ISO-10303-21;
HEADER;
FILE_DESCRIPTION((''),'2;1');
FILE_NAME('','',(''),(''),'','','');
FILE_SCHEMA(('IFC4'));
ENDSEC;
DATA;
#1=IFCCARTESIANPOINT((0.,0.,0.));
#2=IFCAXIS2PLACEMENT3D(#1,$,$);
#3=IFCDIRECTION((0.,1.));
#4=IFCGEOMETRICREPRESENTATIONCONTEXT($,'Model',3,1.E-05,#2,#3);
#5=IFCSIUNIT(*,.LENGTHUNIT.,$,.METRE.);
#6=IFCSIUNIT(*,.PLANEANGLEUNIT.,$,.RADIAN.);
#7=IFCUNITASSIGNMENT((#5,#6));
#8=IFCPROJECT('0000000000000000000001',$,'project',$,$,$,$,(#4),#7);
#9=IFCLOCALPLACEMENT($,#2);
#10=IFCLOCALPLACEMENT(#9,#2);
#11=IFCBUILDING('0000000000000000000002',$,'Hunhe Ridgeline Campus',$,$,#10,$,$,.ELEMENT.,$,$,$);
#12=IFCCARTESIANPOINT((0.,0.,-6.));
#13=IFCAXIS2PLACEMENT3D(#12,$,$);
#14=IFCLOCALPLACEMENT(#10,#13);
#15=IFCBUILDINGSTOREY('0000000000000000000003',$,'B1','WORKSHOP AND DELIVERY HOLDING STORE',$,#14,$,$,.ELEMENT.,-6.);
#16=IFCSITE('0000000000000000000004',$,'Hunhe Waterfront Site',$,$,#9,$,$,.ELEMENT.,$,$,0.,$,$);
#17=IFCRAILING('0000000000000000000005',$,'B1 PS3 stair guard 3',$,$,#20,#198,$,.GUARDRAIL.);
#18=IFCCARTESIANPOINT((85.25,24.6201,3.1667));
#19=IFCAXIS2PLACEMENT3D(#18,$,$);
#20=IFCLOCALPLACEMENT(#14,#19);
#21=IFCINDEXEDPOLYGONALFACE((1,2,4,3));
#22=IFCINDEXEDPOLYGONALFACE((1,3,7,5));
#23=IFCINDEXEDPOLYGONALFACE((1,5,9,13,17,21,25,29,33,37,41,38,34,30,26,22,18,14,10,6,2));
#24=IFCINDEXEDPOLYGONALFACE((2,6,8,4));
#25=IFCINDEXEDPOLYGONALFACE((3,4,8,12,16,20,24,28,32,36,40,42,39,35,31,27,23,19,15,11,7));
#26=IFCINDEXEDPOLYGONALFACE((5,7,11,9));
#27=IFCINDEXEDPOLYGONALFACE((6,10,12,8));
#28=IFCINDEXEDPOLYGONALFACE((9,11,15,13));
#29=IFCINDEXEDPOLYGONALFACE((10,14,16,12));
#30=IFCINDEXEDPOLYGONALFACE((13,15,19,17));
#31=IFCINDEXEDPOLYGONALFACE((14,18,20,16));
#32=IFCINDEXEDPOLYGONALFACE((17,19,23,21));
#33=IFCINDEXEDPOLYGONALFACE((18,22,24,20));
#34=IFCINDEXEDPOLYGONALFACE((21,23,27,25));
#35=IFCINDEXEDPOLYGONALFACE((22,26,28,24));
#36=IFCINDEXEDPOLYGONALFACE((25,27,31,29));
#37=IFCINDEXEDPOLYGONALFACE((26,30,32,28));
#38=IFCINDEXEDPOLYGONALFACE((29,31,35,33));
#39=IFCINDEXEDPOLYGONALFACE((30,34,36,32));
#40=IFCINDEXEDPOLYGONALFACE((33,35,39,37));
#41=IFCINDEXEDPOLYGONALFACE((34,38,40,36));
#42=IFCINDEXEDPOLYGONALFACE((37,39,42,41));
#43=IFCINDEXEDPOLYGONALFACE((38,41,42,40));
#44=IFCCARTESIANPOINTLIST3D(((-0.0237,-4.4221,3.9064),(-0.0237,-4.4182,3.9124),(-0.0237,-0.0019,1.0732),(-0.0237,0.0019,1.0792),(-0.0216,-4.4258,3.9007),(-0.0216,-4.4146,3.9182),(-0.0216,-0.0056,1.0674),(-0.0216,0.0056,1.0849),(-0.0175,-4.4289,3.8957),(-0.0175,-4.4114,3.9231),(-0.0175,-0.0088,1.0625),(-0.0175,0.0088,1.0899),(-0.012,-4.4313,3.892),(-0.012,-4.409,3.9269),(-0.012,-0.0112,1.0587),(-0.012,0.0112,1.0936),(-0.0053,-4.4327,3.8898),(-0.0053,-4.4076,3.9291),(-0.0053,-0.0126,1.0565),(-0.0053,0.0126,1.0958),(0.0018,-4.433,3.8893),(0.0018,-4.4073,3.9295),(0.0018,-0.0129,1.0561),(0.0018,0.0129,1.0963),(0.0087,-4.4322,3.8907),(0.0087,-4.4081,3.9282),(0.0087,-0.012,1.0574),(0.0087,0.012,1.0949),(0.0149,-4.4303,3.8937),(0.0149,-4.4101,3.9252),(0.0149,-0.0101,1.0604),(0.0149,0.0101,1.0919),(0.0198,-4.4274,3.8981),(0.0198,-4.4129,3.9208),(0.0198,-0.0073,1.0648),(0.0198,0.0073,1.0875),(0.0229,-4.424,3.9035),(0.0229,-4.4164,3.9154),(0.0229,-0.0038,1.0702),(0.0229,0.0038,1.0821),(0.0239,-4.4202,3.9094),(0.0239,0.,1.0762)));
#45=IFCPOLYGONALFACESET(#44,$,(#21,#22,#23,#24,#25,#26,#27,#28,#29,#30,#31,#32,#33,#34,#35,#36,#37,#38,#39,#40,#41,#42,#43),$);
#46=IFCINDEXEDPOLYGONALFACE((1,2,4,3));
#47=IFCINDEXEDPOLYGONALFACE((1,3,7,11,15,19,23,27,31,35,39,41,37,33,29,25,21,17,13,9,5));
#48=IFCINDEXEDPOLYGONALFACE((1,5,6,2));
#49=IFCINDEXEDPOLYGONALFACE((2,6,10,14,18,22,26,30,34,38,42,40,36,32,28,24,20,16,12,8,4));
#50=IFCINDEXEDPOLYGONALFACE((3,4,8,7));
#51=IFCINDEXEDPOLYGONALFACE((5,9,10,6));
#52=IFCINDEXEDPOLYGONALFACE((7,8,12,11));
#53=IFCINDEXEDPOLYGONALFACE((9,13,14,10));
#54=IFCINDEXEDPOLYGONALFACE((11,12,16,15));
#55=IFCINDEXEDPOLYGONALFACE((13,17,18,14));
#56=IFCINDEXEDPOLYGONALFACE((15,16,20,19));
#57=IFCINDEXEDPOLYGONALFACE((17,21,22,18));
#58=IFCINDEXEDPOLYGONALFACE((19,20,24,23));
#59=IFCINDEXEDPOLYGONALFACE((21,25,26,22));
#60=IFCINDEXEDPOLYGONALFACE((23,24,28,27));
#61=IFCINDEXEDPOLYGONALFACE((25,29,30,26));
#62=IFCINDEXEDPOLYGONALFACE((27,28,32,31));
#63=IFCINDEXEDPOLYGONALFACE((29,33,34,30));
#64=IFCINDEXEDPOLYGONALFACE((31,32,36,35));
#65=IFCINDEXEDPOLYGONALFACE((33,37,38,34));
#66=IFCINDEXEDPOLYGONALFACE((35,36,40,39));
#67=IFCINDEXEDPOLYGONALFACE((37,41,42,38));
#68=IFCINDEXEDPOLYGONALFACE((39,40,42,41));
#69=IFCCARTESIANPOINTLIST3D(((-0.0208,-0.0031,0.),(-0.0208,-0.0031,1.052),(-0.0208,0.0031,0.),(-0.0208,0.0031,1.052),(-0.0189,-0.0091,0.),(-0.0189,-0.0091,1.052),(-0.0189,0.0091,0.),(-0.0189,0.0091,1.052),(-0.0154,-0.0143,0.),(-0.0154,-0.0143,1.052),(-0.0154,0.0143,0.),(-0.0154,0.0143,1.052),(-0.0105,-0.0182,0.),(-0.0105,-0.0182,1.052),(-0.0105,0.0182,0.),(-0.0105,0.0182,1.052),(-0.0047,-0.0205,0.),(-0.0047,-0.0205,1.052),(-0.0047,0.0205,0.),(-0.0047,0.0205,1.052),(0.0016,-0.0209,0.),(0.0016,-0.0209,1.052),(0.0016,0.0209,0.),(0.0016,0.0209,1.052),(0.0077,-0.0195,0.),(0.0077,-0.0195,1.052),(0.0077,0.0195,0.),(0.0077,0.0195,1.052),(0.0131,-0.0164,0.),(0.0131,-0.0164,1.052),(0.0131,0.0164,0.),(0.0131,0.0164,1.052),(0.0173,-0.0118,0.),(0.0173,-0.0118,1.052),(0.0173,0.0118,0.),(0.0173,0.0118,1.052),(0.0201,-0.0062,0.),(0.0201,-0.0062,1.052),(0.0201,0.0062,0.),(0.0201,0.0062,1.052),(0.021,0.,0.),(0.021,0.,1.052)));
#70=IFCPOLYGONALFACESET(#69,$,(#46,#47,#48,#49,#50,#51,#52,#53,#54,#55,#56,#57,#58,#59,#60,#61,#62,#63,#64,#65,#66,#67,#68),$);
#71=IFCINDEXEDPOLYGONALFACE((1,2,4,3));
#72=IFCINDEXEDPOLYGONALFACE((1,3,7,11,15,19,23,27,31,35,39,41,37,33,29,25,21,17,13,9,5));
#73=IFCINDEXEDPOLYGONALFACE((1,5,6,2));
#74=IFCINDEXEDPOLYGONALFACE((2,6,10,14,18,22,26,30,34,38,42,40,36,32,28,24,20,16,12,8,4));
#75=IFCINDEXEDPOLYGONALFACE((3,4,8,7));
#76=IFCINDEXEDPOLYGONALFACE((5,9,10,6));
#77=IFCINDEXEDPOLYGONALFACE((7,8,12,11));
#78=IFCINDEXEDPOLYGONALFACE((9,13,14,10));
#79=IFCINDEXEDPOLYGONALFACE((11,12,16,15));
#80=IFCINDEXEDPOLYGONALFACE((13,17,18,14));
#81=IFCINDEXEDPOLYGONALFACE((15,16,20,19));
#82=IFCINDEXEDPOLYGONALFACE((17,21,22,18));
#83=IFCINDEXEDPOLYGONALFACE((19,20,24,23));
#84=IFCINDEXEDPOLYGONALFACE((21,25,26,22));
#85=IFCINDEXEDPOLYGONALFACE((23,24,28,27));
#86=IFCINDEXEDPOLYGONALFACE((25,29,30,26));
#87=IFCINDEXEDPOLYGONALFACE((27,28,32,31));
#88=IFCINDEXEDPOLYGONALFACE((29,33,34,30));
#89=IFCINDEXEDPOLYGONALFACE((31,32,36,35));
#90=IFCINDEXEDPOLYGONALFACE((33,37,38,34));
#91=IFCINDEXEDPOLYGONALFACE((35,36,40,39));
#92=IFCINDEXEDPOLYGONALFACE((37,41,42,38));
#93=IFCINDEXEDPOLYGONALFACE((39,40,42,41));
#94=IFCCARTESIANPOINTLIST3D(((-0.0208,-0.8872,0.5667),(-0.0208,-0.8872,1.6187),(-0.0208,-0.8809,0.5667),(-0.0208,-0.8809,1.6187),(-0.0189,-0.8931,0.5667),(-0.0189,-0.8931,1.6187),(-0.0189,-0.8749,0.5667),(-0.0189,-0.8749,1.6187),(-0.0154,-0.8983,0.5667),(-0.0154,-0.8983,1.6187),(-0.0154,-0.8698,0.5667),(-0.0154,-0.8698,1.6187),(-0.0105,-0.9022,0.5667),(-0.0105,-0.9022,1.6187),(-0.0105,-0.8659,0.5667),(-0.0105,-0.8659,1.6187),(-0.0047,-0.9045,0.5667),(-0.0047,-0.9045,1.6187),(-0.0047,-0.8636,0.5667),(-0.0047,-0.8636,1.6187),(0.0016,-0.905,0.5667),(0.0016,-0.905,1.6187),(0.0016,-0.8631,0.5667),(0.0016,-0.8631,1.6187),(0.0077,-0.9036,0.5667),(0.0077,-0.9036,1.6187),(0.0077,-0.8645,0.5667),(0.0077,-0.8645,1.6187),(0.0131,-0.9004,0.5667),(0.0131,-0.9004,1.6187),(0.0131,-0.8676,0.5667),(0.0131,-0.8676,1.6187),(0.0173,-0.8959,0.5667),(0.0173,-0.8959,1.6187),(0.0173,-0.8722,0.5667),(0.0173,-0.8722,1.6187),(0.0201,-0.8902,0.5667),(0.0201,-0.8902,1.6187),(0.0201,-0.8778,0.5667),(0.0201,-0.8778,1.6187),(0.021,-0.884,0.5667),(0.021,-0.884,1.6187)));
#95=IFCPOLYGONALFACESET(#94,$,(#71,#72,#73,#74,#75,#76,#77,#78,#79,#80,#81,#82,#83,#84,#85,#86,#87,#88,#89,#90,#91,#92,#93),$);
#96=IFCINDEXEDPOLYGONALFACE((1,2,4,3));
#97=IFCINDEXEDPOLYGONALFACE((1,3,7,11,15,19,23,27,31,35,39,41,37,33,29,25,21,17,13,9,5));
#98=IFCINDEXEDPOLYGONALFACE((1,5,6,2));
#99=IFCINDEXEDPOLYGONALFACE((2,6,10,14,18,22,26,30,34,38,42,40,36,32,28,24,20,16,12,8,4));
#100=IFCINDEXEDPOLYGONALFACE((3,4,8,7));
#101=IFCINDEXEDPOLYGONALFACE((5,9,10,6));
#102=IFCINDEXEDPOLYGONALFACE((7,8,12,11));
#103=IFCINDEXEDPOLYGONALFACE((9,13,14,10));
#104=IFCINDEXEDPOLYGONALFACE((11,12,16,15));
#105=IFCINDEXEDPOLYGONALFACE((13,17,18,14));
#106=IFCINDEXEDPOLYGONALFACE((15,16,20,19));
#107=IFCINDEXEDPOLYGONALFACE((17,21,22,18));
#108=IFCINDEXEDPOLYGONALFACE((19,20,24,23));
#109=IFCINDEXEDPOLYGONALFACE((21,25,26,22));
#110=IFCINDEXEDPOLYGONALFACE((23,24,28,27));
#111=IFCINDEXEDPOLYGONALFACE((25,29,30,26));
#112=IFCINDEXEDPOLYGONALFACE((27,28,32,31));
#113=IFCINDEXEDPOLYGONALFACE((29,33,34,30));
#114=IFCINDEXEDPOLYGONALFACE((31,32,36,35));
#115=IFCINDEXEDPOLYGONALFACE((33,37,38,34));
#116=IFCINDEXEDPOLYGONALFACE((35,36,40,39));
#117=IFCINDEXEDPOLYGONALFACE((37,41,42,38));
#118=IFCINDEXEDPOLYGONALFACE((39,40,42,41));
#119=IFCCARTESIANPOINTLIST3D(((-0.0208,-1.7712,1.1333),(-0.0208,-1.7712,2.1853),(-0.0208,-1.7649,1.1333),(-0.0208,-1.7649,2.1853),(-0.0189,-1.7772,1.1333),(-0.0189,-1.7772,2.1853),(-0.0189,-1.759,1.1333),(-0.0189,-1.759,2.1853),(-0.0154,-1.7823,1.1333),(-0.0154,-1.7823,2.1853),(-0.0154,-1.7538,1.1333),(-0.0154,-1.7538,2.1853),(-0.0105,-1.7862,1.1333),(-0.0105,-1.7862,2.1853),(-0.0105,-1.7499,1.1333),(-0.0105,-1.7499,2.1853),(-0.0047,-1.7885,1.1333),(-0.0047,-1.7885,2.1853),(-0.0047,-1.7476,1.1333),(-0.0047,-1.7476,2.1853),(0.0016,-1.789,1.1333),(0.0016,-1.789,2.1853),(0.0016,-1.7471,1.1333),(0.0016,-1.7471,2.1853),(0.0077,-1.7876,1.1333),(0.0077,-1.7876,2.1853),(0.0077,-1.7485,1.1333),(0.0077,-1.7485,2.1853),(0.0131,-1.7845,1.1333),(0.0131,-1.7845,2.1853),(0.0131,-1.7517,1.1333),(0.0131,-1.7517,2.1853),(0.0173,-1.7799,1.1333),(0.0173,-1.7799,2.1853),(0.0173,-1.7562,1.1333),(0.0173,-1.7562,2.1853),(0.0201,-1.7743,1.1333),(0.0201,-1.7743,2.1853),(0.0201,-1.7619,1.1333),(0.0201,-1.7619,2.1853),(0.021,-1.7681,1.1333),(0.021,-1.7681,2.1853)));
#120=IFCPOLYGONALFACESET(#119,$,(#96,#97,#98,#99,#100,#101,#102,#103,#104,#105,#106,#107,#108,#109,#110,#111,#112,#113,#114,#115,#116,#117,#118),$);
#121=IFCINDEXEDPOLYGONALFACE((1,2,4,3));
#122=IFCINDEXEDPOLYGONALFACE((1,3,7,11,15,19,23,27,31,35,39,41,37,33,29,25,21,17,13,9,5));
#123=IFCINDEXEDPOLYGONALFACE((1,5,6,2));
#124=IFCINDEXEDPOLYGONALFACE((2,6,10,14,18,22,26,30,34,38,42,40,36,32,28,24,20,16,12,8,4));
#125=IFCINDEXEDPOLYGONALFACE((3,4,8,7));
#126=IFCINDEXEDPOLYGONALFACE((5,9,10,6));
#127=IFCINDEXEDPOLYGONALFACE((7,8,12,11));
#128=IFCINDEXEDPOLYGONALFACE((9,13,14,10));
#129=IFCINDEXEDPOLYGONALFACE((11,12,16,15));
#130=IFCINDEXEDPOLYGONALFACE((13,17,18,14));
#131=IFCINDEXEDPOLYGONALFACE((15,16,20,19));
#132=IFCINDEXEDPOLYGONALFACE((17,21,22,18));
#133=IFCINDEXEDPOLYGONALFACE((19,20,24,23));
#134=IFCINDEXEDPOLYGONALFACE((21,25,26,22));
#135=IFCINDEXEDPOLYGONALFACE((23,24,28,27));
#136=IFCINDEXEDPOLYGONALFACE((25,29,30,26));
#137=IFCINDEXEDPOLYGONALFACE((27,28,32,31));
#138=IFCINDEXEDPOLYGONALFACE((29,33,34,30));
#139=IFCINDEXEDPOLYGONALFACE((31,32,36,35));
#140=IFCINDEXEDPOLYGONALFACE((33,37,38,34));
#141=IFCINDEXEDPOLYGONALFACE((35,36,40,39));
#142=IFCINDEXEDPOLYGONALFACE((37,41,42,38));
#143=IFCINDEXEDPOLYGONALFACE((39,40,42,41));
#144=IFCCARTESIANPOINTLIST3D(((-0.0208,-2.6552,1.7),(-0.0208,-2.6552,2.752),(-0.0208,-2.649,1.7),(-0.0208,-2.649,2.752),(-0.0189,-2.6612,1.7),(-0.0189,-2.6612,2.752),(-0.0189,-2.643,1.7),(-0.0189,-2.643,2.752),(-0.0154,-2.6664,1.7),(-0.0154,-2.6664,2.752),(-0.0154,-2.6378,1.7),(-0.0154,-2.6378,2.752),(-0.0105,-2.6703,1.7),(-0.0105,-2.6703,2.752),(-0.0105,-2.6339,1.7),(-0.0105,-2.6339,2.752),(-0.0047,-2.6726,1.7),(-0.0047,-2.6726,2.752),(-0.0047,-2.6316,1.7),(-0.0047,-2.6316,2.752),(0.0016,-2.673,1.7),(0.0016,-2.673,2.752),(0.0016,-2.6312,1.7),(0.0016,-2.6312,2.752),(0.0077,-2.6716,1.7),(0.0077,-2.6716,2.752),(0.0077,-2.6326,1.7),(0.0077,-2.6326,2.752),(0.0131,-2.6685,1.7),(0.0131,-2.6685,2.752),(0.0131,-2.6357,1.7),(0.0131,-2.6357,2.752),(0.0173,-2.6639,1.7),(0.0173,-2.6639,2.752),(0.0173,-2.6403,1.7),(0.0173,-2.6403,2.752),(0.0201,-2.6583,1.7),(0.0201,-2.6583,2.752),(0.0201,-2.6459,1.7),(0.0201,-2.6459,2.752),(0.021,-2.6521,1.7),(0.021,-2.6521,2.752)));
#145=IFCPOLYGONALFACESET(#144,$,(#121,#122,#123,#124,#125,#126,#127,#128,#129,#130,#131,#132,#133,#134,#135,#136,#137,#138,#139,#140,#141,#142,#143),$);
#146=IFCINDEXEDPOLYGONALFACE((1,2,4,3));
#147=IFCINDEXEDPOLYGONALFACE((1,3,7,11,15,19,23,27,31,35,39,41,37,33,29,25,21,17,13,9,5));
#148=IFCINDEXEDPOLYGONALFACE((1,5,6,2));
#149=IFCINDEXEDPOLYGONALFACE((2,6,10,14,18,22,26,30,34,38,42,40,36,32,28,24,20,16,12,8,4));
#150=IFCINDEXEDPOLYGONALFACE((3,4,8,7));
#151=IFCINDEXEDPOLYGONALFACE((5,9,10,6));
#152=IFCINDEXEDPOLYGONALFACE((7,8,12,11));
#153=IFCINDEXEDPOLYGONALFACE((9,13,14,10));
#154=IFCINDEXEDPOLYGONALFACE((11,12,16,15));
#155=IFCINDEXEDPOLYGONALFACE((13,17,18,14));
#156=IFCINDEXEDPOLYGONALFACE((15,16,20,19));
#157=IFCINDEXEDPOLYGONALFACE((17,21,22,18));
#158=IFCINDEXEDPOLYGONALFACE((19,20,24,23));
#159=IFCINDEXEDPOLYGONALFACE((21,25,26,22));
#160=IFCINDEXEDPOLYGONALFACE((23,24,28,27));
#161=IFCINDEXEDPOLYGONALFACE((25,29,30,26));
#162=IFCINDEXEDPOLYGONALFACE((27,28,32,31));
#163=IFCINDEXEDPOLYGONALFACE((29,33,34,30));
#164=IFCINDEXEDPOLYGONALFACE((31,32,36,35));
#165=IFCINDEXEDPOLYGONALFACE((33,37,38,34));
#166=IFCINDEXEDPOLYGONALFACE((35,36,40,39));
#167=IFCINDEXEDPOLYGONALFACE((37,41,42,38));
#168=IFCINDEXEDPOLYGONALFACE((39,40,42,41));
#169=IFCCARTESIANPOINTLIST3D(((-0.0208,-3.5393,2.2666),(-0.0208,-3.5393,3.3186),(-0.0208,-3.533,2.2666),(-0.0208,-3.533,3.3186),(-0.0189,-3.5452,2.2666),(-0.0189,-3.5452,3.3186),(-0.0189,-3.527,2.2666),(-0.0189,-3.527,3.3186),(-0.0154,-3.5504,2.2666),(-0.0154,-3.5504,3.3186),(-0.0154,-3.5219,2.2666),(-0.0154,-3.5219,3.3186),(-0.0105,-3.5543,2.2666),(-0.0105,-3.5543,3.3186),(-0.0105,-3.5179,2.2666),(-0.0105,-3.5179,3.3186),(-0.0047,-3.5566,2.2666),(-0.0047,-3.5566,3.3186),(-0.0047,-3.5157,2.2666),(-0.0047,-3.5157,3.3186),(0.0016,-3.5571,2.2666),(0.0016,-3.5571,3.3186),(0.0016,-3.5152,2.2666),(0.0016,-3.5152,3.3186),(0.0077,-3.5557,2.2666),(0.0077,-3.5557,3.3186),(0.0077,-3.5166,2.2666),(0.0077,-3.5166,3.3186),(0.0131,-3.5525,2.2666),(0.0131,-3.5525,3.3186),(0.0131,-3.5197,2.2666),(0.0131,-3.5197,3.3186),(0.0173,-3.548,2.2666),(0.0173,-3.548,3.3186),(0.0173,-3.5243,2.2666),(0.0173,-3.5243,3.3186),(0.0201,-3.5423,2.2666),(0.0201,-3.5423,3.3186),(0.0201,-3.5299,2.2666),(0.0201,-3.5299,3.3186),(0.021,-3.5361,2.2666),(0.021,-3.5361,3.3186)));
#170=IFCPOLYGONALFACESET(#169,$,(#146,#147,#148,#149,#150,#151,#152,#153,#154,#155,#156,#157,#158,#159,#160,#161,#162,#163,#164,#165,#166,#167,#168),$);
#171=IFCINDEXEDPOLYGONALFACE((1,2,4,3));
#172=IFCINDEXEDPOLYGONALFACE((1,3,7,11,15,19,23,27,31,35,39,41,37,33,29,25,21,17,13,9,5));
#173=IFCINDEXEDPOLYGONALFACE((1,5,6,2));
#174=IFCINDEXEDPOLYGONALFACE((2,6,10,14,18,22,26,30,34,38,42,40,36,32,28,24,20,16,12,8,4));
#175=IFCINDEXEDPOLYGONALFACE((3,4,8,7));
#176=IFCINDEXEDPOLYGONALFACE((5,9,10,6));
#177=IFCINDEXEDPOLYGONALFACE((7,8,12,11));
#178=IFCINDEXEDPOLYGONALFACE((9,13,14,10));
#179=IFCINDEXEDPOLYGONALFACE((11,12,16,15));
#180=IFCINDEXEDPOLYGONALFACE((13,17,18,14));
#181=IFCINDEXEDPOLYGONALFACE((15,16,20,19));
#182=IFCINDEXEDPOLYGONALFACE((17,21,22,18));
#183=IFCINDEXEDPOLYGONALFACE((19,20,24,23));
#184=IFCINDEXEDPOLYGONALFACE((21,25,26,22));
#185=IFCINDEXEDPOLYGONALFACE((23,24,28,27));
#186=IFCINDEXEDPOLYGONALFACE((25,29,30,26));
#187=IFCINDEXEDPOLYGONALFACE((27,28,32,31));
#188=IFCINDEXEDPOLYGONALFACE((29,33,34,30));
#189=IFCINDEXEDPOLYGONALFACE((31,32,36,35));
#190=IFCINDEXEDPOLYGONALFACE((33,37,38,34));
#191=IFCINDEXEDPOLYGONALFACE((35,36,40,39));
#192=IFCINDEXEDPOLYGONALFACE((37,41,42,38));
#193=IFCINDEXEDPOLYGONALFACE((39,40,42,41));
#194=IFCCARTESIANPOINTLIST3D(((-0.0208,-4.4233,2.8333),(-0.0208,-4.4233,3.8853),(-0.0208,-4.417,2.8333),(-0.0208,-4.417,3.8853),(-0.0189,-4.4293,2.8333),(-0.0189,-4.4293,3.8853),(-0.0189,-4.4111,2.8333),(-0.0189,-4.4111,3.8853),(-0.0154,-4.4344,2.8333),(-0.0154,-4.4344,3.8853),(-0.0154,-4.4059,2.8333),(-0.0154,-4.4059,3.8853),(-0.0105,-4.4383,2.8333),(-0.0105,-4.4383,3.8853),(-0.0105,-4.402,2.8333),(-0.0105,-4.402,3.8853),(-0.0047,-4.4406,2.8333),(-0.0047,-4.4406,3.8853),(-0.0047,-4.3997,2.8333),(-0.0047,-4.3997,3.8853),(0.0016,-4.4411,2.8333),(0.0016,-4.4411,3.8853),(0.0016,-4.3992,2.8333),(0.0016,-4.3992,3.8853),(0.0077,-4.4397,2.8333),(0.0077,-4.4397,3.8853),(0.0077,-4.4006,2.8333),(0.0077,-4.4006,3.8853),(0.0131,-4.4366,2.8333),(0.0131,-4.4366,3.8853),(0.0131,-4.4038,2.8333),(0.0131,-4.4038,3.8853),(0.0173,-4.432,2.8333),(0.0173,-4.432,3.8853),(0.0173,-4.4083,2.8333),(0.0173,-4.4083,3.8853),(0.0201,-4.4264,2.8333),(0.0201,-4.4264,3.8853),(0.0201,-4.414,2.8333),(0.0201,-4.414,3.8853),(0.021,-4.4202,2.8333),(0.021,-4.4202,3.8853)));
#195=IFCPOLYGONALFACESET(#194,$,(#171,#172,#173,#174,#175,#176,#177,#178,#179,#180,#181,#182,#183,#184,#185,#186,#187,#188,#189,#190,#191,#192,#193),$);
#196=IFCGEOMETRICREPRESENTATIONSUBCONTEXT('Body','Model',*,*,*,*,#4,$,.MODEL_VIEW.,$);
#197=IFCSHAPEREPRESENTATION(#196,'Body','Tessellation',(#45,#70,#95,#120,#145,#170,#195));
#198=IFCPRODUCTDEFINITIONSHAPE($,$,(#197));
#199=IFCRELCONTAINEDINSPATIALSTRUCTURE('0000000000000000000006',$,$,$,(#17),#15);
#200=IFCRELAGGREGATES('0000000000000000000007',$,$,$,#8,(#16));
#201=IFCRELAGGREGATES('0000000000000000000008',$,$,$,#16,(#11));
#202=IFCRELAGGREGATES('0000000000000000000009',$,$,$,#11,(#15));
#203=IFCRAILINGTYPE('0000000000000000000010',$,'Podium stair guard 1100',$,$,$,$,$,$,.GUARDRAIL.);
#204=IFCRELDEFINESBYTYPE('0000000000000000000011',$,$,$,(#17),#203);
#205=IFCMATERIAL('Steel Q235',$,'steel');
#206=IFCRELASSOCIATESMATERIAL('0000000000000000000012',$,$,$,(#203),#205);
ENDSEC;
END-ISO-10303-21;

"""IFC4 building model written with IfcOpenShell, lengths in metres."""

from ifc_helpers import new_model, si_unit, direction, frame, origin, origin_2d, place, context, subcontext, project, spatial, circle, extrude, material, type_object, element, save


model = new_model("IFC4")

# Units and contexts
model_context = context("Model", 3, precision=1e-05, world=origin(), true_north=direction((0.0, 1.0)))
body_context = subcontext(model_context, "Body", "Model", "MODEL_VIEW")
ifc_project = project(units=[si_unit("LENGTHUNIT", "METRE"), si_unit("PLANEANGLEUNIT", "RADIAN")], contexts=[model_context])

# Site, building, storey
site_placement = place(None, origin())
site = spatial("IfcSite", under=ifc_project, at=site_placement, Name="Hunhe Waterfront Site", CompositionType="ELEMENT", RefElevation=0.0)
building_placement = place(site_placement, origin())
building = spatial("IfcBuilding", under=site, at=building_placement, Name="Hunhe Ridgeline Campus", CompositionType="ELEMENT")
storey_placement = place(building_placement, frame((0.0, 0.0, -6.0)))
storey = spatial("IfcBuildingStorey", under=building, at=storey_placement, Name="B1", Description="WORKSHOP AND DELIVERY HOLDING STORE", CompositionType="ELEMENT", Elevation=-6.0)

# Shared definitions
ifc_material_1 = material(Name="Steel Q235", Category="steel")

# Railing
railing_type_1 = type_object("IfcRailingType", Name="Podium stair guard 1100", PredefinedType="GUARDRAIL", material=ifc_material_1)
railing_1_placement = place(storey_placement, frame((85.25, 24.6201, 3.1667)))
element("IfcRailing", 1, at=railing_1_placement, inside=storey, type_object=railing_type_1, Name="B1 PS3 stair guard 3", PredefinedType="GUARDRAIL", context=body_context, shape_type="SweptSolid", body=[
    extrude(circle(Radius=0.0239, at=origin_2d()), frame((0.0, 0.0, 1.0762), z_axis=(0.0, -0.841895, 0.539641), x_axis=(1.0, 0.0, 0.0)), (0.0, 0.0, 1.0), 5.2502),
    extrude(circle(Radius=0.021, at=origin_2d()), origin(), (0.0, 0.0, 1.0), 1.052),
    extrude(circle(Radius=0.021, at=origin_2d()), frame((0.0, -0.884, 0.5667)), (0.0, 0.0, 1.0), 1.052),
    extrude(circle(Radius=0.021, at=origin_2d()), frame((0.0, -1.7681, 1.1333)), (0.0, 0.0, 1.0), 1.052),
    extrude(circle(Radius=0.021, at=origin_2d()), frame((0.0, -2.6521, 1.7)), (0.0, 0.0, 1.0), 1.052),
    extrude(circle(Radius=0.021, at=origin_2d()), frame((0.0, -3.5361, 2.2666)), (0.0, 0.0, 1.0), 1.052),
    extrude(circle(Radius=0.021, at=origin_2d()), frame((0.0, -4.4202, 2.8333)), (0.0, 0.0, 1.0), 1.052),
])

save(model, "model.ifc")
